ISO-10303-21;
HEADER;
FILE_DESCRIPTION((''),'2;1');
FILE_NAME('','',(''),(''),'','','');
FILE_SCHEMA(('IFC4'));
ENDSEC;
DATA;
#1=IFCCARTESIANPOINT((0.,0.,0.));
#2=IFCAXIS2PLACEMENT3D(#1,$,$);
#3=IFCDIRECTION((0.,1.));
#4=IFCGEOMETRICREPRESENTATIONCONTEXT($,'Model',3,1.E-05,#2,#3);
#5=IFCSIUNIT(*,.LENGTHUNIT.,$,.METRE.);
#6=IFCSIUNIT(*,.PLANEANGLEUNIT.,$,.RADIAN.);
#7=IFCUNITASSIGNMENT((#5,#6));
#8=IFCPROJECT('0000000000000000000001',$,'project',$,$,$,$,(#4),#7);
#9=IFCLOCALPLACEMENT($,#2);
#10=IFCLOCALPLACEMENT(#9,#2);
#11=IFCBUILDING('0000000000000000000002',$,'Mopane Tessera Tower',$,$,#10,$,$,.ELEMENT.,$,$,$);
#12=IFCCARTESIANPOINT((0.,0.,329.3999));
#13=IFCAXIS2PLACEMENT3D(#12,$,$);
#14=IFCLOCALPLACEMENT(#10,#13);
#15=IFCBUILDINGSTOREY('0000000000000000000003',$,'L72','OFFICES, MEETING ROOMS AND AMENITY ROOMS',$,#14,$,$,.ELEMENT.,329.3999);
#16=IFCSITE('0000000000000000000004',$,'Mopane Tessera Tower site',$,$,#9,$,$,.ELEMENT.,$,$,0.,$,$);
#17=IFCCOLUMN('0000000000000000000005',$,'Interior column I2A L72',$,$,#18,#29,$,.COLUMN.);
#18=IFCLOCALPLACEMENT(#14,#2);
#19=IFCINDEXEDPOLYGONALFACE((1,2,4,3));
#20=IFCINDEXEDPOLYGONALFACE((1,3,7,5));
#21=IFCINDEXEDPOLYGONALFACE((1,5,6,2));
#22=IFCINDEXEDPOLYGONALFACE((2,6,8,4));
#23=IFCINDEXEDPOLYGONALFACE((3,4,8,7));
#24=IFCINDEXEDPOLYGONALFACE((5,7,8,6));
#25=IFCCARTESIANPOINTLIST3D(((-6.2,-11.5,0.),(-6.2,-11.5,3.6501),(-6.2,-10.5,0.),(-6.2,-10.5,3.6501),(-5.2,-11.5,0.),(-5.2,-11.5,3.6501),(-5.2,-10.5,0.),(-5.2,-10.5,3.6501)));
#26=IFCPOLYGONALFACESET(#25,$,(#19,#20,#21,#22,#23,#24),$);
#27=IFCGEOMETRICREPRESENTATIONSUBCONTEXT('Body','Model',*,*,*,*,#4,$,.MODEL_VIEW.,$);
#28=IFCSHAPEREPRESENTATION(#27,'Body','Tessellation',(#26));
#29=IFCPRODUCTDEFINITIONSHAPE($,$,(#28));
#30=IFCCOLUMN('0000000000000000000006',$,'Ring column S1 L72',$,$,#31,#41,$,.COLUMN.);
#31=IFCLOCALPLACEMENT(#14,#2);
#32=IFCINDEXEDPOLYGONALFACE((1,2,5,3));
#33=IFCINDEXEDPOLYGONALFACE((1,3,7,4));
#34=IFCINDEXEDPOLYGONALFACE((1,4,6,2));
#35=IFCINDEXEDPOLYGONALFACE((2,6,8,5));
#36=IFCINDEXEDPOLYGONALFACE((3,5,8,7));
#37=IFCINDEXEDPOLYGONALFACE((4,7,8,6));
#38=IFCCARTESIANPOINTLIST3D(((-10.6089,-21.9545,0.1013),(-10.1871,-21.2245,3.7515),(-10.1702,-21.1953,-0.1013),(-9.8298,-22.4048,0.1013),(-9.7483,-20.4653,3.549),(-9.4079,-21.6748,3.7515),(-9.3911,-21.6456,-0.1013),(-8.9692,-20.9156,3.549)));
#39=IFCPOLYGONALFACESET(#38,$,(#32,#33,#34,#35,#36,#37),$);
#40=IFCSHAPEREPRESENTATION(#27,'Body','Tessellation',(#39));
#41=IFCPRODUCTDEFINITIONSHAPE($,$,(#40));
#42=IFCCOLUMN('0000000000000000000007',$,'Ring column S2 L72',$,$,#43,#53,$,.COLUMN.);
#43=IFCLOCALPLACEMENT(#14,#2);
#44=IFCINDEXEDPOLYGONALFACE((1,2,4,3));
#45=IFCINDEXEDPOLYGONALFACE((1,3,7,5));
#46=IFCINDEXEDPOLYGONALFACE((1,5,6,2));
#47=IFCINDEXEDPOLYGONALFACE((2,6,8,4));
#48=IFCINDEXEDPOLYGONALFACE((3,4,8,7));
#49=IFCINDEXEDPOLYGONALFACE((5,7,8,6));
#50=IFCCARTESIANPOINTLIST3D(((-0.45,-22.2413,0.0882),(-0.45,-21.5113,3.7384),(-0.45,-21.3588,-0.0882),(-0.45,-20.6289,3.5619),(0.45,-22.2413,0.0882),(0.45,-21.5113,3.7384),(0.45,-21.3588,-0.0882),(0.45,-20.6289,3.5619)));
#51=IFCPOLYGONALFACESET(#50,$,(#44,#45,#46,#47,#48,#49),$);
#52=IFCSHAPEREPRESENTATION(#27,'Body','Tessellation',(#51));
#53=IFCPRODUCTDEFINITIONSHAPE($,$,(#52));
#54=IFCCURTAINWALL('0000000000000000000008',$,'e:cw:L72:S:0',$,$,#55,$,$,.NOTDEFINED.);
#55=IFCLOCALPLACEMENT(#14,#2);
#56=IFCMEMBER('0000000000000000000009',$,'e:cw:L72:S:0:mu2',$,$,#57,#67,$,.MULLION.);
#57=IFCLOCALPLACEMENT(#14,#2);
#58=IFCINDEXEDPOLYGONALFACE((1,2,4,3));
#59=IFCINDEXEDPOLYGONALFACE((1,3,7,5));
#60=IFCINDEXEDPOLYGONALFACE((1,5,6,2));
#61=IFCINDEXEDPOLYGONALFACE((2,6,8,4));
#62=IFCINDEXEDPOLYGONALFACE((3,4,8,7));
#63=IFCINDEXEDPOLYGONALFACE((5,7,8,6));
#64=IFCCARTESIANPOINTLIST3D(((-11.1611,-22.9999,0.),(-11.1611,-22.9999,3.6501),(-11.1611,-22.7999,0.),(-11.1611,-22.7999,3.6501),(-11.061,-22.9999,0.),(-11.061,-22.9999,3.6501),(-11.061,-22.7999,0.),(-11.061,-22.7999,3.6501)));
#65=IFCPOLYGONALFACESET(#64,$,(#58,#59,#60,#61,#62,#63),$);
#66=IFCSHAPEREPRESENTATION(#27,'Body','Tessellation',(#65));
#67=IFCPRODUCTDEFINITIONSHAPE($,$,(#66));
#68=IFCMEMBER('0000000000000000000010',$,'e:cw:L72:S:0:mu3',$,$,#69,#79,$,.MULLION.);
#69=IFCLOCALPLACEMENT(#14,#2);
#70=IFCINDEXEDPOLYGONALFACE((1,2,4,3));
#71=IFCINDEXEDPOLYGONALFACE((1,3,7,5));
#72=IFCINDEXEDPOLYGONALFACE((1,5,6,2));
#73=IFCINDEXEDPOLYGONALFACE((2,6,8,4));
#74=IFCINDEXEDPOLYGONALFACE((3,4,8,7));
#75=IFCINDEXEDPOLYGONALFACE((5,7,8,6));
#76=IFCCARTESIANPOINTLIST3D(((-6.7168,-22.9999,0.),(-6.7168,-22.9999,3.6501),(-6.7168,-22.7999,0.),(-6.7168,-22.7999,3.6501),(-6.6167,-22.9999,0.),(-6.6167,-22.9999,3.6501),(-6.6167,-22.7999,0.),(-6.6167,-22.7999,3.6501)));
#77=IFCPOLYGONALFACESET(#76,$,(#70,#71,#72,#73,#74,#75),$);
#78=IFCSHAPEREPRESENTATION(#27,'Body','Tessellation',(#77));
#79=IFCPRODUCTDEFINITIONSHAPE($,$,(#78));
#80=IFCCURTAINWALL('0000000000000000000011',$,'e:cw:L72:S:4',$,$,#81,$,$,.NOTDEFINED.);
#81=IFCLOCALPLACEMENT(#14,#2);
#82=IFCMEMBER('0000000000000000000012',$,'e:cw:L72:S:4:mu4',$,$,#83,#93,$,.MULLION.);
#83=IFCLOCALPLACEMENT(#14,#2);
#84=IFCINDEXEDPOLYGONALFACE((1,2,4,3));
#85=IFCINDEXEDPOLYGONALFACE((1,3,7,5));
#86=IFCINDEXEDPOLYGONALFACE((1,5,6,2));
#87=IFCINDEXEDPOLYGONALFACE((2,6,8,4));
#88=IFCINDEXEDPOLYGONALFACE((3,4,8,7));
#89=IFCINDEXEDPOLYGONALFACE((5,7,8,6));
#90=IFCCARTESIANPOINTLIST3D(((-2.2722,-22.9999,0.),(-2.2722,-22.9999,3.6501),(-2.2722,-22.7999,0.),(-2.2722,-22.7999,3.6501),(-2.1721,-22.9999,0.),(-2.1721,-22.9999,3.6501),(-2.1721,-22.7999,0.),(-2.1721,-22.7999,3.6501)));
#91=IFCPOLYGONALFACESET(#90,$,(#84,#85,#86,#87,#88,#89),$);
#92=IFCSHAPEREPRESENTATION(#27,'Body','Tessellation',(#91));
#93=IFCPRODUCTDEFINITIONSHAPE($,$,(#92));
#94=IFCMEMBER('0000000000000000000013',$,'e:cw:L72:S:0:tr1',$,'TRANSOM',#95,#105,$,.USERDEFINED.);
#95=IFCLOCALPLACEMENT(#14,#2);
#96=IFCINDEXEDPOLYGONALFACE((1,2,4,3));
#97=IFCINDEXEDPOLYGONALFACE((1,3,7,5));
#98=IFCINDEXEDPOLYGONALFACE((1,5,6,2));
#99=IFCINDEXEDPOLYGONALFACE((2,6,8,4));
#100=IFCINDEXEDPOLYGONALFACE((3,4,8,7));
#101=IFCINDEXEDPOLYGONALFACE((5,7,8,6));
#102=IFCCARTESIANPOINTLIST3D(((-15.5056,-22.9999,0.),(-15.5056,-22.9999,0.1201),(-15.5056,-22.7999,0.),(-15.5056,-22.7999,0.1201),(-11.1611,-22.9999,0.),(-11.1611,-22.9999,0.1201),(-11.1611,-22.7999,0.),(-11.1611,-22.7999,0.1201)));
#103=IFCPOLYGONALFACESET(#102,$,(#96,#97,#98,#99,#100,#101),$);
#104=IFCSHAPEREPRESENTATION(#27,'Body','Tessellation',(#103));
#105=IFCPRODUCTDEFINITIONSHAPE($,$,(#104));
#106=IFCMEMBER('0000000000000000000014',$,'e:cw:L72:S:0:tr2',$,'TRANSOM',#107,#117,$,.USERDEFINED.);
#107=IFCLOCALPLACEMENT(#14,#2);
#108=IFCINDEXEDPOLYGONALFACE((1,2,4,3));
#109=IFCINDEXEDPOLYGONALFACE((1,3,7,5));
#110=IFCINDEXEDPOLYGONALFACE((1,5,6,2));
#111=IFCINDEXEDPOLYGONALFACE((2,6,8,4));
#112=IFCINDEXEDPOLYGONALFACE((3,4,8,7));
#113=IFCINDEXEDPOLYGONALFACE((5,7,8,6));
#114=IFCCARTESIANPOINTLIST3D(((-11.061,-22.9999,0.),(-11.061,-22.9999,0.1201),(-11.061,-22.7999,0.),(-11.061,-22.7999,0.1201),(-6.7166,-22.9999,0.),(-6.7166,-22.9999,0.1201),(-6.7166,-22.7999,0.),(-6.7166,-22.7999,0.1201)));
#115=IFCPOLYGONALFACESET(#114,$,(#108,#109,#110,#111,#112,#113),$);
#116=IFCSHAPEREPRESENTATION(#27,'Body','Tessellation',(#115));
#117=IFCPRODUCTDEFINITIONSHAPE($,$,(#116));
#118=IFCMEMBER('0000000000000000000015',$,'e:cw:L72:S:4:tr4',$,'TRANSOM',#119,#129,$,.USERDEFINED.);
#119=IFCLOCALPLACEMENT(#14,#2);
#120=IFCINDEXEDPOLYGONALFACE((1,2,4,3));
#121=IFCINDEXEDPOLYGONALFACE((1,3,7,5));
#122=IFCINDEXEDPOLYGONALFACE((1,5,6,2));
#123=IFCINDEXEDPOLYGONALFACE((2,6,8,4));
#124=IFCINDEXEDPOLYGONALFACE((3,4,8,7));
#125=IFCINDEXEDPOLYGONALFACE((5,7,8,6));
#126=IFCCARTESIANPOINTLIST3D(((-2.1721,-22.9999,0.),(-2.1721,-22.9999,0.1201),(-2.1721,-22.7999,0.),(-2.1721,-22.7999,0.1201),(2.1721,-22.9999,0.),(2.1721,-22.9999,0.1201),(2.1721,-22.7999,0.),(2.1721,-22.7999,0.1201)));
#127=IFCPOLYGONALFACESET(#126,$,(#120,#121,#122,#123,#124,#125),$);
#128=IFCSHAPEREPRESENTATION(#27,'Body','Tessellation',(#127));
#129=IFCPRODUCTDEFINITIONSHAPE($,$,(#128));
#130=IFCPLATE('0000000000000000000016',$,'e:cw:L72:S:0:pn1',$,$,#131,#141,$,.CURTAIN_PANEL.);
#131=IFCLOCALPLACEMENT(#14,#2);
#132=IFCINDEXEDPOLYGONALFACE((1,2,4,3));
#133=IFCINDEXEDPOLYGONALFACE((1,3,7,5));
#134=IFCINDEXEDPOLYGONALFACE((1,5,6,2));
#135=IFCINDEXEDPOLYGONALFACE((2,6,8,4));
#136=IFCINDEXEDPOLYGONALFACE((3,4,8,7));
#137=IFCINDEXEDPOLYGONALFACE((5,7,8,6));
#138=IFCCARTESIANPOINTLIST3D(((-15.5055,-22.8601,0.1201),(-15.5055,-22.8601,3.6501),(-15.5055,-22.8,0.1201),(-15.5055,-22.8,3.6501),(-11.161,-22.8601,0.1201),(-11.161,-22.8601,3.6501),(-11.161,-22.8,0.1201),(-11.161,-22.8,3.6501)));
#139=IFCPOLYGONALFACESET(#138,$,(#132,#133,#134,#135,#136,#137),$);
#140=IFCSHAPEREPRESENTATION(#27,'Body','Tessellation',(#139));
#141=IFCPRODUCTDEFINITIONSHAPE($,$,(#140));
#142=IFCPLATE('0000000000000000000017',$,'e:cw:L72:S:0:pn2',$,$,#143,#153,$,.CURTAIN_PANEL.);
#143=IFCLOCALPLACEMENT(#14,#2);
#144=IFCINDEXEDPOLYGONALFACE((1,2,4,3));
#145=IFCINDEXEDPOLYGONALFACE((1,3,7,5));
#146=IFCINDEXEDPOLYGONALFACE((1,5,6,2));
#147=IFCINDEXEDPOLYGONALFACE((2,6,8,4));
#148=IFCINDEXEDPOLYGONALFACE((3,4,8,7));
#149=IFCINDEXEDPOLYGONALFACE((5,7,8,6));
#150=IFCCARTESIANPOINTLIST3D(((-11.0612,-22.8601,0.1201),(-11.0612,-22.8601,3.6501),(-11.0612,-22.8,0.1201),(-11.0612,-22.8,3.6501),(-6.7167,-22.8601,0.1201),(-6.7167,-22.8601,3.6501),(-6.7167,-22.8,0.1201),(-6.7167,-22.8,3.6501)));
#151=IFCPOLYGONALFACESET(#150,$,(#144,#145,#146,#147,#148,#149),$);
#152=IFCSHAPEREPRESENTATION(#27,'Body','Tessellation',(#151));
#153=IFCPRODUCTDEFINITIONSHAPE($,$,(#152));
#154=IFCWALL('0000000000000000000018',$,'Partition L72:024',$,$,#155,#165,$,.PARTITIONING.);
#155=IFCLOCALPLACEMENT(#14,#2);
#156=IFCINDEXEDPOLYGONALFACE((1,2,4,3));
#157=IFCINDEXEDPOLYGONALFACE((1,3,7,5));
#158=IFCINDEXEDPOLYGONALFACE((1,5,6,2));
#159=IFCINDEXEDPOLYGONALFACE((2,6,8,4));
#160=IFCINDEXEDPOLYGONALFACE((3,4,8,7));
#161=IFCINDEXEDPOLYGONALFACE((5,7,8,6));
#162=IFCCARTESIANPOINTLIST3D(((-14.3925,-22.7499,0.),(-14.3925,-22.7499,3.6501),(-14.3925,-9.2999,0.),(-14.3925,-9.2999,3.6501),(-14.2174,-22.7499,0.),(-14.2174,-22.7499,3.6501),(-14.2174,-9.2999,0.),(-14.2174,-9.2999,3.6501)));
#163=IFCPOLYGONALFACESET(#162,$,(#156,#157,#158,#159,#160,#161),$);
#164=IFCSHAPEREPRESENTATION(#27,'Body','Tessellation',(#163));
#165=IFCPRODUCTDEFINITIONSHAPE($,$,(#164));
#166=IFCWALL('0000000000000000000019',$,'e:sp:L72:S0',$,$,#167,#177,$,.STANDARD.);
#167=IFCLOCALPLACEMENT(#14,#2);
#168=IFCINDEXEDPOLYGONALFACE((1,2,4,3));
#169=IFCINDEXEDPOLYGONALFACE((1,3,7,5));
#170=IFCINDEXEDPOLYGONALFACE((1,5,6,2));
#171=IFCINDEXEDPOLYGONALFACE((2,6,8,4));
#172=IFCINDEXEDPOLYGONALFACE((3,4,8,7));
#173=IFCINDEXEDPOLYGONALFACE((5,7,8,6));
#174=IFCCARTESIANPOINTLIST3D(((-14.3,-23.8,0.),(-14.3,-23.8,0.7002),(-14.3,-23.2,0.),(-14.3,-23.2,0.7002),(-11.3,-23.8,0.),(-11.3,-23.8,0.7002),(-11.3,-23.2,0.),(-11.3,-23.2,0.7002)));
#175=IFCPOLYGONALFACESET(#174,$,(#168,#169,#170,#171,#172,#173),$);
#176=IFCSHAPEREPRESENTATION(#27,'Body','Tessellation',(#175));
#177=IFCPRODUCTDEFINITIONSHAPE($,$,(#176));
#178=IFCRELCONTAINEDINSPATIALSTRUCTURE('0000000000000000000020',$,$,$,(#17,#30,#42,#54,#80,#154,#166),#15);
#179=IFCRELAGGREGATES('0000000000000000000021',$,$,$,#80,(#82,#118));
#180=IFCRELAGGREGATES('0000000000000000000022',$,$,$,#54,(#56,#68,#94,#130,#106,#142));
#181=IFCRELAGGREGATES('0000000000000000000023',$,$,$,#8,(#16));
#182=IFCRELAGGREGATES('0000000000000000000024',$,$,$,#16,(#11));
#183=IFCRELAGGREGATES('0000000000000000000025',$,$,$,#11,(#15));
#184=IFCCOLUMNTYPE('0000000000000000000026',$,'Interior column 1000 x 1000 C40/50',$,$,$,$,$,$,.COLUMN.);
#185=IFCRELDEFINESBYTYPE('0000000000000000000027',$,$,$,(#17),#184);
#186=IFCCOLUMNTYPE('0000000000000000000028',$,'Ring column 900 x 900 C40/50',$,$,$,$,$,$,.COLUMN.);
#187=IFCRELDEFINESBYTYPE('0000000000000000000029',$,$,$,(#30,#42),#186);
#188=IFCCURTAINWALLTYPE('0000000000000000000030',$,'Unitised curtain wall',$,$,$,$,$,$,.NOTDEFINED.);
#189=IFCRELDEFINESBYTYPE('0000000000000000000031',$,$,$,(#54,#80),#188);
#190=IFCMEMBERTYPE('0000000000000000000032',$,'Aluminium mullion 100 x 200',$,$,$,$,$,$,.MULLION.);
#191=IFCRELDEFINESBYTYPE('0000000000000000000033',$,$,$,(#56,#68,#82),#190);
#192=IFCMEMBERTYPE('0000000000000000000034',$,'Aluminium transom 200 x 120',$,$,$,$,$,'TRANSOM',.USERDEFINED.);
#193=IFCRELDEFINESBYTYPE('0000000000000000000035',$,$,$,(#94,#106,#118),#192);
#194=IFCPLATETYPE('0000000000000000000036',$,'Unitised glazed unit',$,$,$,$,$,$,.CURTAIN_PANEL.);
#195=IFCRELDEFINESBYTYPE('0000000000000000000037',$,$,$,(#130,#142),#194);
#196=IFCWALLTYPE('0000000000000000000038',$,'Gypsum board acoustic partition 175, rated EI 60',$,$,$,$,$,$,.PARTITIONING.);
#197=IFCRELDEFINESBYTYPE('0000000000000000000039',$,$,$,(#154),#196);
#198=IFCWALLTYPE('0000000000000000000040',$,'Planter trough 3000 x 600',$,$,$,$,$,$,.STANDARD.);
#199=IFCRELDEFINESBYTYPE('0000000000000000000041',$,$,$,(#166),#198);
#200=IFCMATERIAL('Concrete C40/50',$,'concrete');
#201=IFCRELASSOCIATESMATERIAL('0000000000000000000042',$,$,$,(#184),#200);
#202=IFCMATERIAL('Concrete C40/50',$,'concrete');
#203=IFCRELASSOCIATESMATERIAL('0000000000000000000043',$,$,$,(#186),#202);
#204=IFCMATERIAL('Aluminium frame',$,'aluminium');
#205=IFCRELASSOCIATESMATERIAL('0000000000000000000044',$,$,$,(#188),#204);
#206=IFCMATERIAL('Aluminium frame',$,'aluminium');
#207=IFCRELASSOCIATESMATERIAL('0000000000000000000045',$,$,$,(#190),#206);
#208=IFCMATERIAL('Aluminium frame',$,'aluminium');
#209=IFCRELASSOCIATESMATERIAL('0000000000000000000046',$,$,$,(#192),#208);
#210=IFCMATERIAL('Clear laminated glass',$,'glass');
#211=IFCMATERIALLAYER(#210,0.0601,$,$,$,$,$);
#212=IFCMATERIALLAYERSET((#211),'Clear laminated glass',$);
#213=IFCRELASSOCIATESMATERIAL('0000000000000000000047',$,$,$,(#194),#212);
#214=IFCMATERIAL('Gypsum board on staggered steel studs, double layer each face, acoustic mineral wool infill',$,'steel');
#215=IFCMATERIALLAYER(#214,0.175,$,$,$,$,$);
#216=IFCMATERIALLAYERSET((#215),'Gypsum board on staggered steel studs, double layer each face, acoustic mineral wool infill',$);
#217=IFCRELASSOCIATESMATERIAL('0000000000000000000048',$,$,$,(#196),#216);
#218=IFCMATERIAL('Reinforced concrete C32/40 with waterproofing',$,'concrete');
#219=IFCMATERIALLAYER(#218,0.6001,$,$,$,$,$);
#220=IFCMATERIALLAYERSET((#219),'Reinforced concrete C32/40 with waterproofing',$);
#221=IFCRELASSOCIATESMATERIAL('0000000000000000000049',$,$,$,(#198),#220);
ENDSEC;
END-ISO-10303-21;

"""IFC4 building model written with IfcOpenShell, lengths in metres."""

from ifc_helpers import new_model, si_unit, direction, frame, frame_2d, origin, origin_2d, place, context, subcontext, project, spatial, rectangle, extrude, material, layer, layer_set, material_profile, profile_set, type_object, element, aggregate, save


model = new_model("IFC4")

# Units and contexts
model_context = context("Model", 3, precision=1e-05, world=origin(), true_north=direction((0.0, 1.0)))
body_context = subcontext(model_context, "Body", "Model", "MODEL_VIEW")
ifc_project = project(units=[si_unit("LENGTHUNIT", "METRE"), si_unit("PLANEANGLEUNIT", "RADIAN")], contexts=[model_context])

# Site, building, storey
site_placement = place(None, origin())
site = spatial("IfcSite", under=ifc_project, at=site_placement, Name="Mopane Tessera Tower site", CompositionType="ELEMENT", RefElevation=0.0)
building_placement = place(site_placement, origin())
building = spatial("IfcBuilding", under=site, at=building_placement, Name="Mopane Tessera Tower", CompositionType="ELEMENT")
storey_placement = place(building_placement, frame((0.0, 0.0, 329.3999)))
storey = spatial("IfcBuildingStorey", under=building, at=storey_placement, Name="L72", Description="OFFICES, MEETING ROOMS AND AMENITY ROOMS", CompositionType="ELEMENT", Elevation=329.3999)

# Columns
ifc_material_1 = material(Name="Concrete C40/50", Category="concrete")
ifc_material_profile_1 = material_profile(ifc_material_1, rectangle(XDim=1.0, YDim=1.0, at=origin_2d()))
ifc_profile_set_1 = profile_set([ifc_material_profile_1], Name="Concrete C40/50")
column_type_1 = type_object("IfcColumnType", Name="Interior column 1000 x 1000 C40/50", PredefinedType="COLUMN", material=ifc_profile_set_1)
column_1_placement = place(storey_placement, frame((-5.7, -11.0, 0.0), z_axis=(0.0, 0.0, 1.0), x_axis=(1.0, 0.0, 0.0)))
element("IfcColumn", 1, at=column_1_placement, inside=storey, type_object=column_type_1, Name="Interior column I2A L72", PredefinedType="COLUMN", context=body_context, shape_type="SweptSolid", body=[
    extrude(rectangle(XDim=1.0, YDim=1.0, at=origin_2d()), origin(), (0.0, 0.0, 1.0), 3.6501),
])
ifc_material_2 = material(Name="Concrete C40/50", Category="concrete")
ifc_material_profile_2 = material_profile(ifc_material_2, rectangle(XDim=0.8999, YDim=0.8999, at=origin_2d()))
ifc_profile_set_2 = profile_set([ifc_material_profile_2], Name="Concrete C40/50")
column_type_2 = type_object("IfcColumnType", Name="Ring column 900 x 900 C40/50", PredefinedType="COLUMN", material=ifc_profile_set_2)
column_2_placement = place(storey_placement, frame((-10.0, -21.8, 0.0), z_axis=(0.112612, 0.194856, 0.974346), x_axis=(-0.865809, 0.500374, 0.0)))
element("IfcColumn", 2, at=column_2_placement, inside=storey, type_object=column_type_2, Name="Ring column S1 L72", PredefinedType="COLUMN", context=body_context, shape_type="SweptSolid", body=[
    extrude(rectangle(XDim=0.8999, YDim=0.8999, at=origin_2d()), origin(), (0.0, 0.0, 1.0), 3.7463),
])
column_3_placement = place(storey_placement, frame((0.0, -21.8, 0.0), z_axis=(0.0, 0.196104, 0.980583), x_axis=(-1.0, 0.0, 0.0)))
element("IfcColumn", 3, at=column_3_placement, inside=storey, type_object=column_type_2, Name="Ring column S2 L72", PredefinedType="COLUMN", context=body_context, shape_type="SweptSolid", body=[
    extrude(rectangle(XDim=0.8999, YDim=0.8999, at=origin_2d()), origin(), (0.0, 0.0, 1.0), 3.7224),
])

# Curtain wall, members
ifc_material_3 = material(Name="Aluminium frame", Category="aluminium")
curtain_wall_type = type_object("IfcCurtainWallType", Name="Unitised curtain wall", PredefinedType="NOTDEFINED", material=ifc_material_3)
curtain_wall_1_placement = place(storey_placement, origin())
curtain_wall_1 = element("IfcCurtainWall", 4, at=curtain_wall_1_placement, inside=storey, type_object=curtain_wall_type, Name="e:cw:L72:S:0", PredefinedType="NOTDEFINED")
ifc_material_4 = material(Name="Aluminium frame", Category="aluminium")
ifc_material_profile_3 = material_profile(ifc_material_4, rectangle(XDim=0.1001, YDim=0.2, at=origin_2d()))
ifc_profile_set_3 = profile_set([ifc_material_profile_3], Name="Aluminium frame")
member_type_1 = type_object("IfcMemberType", Name="Aluminium mullion 100 x 200", PredefinedType="MULLION", material=ifc_profile_set_3)
member_1_placement = place(storey_placement, frame((-11.1111, -22.8999, 0.0), z_axis=(0.0, 0.0, 1.0), x_axis=(1.0, 0.0, 0.0)))
member_1 = element("IfcMember", 5, at=member_1_placement, type_object=member_type_1, Name="e:cw:L72:S:0:mu2", PredefinedType="MULLION", context=body_context, shape_type="SweptSolid", body=[
    extrude(rectangle(XDim=0.1001, YDim=0.2, at=origin_2d()), origin(), (0.0, 0.0, 1.0), 3.6501),
])
member_2_placement = place(storey_placement, frame((-6.6667, -22.8999, 0.0), z_axis=(0.0, 0.0, 1.0), x_axis=(1.0, 0.0, 0.0)))
member_2 = element("IfcMember", 6, at=member_2_placement, type_object=member_type_1, Name="e:cw:L72:S:0:mu3", PredefinedType="MULLION", context=body_context, shape_type="SweptSolid", body=[
    extrude(rectangle(XDim=0.1001, YDim=0.2, at=origin_2d()), origin(), (0.0, 0.0, 1.0), 3.6501),
])

# Curtain wall, member
curtain_wall_2_placement = place(storey_placement, origin())
curtain_wall_2 = element("IfcCurtainWall", 7, at=curtain_wall_2_placement, inside=storey, type_object=curtain_wall_type, Name="e:cw:L72:S:4", PredefinedType="NOTDEFINED")
member_3_placement = place(storey_placement, frame((-2.2222, -22.8999, 0.0), z_axis=(0.0, 0.0, 1.0), x_axis=(1.0, 0.0, 0.0)))
member_3 = element("IfcMember", 8, at=member_3_placement, type_object=member_type_1, Name="e:cw:L72:S:4:mu4", PredefinedType="MULLION", context=body_context, shape_type="SweptSolid", body=[
    extrude(rectangle(XDim=0.1001, YDim=0.2, at=origin_2d()), origin(), (0.0, 0.0, 1.0), 3.6501),
])

# Members
ifc_material_5 = material(Name="Aluminium frame", Category="aluminium")
ifc_material_profile_4 = material_profile(ifc_material_5, rectangle(XDim=0.2, YDim=0.1201, at=origin_2d()))
ifc_profile_set_4 = profile_set([ifc_material_profile_4], Name="Aluminium frame")
member_type_2 = type_object("IfcMemberType", Name="Aluminium transom 200 x 120", ElementType="TRANSOM", PredefinedType="USERDEFINED", material=ifc_profile_set_4)
member_4_placement = place(storey_placement, frame((-15.5056, -22.8999, 0.0601), z_axis=(1.0, 0.0, 0.0), x_axis=(0.0, 1.0, 0.0)))
member_4 = element("IfcMember", 9, at=member_4_placement, type_object=member_type_2, Name="e:cw:L72:S:0:tr1", ObjectType="TRANSOM", PredefinedType="USERDEFINED", context=body_context, shape_type="SweptSolid", body=[
    extrude(rectangle(XDim=0.2, YDim=0.1201, at=origin_2d()), origin(), (0.0, 0.0, 1.0), 4.3445),
])
member_5_placement = place(storey_placement, frame((-11.061, -22.8999, 0.0601), z_axis=(1.0, 0.0, 0.0), x_axis=(0.0, 1.0, 0.0)))
member_5 = element("IfcMember", 10, at=member_5_placement, type_object=member_type_2, Name="e:cw:L72:S:0:tr2", ObjectType="TRANSOM", PredefinedType="USERDEFINED", context=body_context, shape_type="SweptSolid", body=[
    extrude(rectangle(XDim=0.2, YDim=0.1201, at=origin_2d()), origin(), (0.0, 0.0, 1.0), 4.3445),
])
member_6_placement = place(storey_placement, frame((-2.1721, -22.8999, 0.0601), z_axis=(1.0, 0.0, 0.0), x_axis=(0.0, 1.0, 0.0)))
member_6 = element("IfcMember", 11, at=member_6_placement, type_object=member_type_2, Name="e:cw:L72:S:4:tr4", ObjectType="TRANSOM", PredefinedType="USERDEFINED", context=body_context, shape_type="SweptSolid", body=[
    extrude(rectangle(XDim=0.2, YDim=0.1201, at=origin_2d()), origin(), (0.0, 0.0, 1.0), 4.3442),
])
aggregate(curtain_wall_2, [member_3, member_6])

# Plates
ifc_material_6 = material(Name="Clear laminated glass", Category="glass")
ifc_layer_1 = layer(ifc_material_6, 0.0601)
ifc_layer_set_1 = layer_set([ifc_layer_1], Name="Clear laminated glass")
plate_type = type_object("IfcPlateType", Name="Unitised glazed unit", PredefinedType="CURTAIN_PANEL", material=ifc_layer_set_1)
plate_1_placement = place(storey_placement, frame((-13.3333, -22.8301, 0.1201), z_axis=(0.0, 0.0, 1.0), x_axis=(1.0, 0.0, 0.0)))
plate_1 = element("IfcPlate", 12, at=plate_1_placement, type_object=plate_type, Name="e:cw:L72:S:0:pn1", PredefinedType="CURTAIN_PANEL", context=body_context, shape_type="SweptSolid", body=[
    extrude(rectangle(XDim=4.3445, YDim=0.0601, at=origin_2d()), origin(), (0.0, 0.0, 1.0), 3.53),
])
plate_2_placement = place(storey_placement, frame((-8.8889, -22.8301, 0.1201), z_axis=(0.0, 0.0, 1.0), x_axis=(1.0, 0.0, 0.0)))
plate_2 = element("IfcPlate", 13, at=plate_2_placement, type_object=plate_type, Name="e:cw:L72:S:0:pn2", PredefinedType="CURTAIN_PANEL", context=body_context, shape_type="SweptSolid", body=[
    extrude(rectangle(XDim=4.3445, YDim=0.0601, at=origin_2d()), origin(), (0.0, 0.0, 1.0), 3.53),
])
aggregate(curtain_wall_1, [member_1, member_2, member_4, plate_1, member_5, plate_2])

# Walls
ifc_material_7 = material(Name="Gypsum board on staggered steel studs, double layer each face, acoustic mineral wool infill", Category="steel")
ifc_layer_2 = layer(ifc_material_7, 0.175)
ifc_layer_set_2 = layer_set([ifc_layer_2], Name="Gypsum board on staggered steel studs, double layer each face, acoustic mineral wool infill")
wall_type_1 = type_object("IfcWallType", Name="Gypsum board acoustic partition 175, rated EI 60", PredefinedType="PARTITIONING", material=ifc_layer_set_2)
wall_1_placement = place(storey_placement, frame((-14.3049, -22.75, 0.0), z_axis=(0.0, 0.0, 1.0), x_axis=(0.0, 1.0, 0.0)))
element("IfcWall", 14, at=wall_1_placement, inside=storey, type_object=wall_type_1, Name="Partition L72:024", PredefinedType="PARTITIONING", context=body_context, shape_type="SweptSolid", body=[
    extrude(rectangle(XDim=13.45, YDim=0.175, at=frame_2d((6.7251, 0.0))), origin(), (0.0, 0.0, 1.0), 3.6501),
])
ifc_material_8 = material(Name="Reinforced concrete C32/40 with waterproofing", Category="concrete")
ifc_layer_3 = layer(ifc_material_8, 0.6001)
ifc_layer_set_3 = layer_set([ifc_layer_3], Name="Reinforced concrete C32/40 with waterproofing")
wall_type_2 = type_object("IfcWallType", Name="Planter trough 3000 x 600", PredefinedType="STANDARD", material=ifc_layer_set_3)
wall_2_placement = place(storey_placement, frame((-14.3, -23.5, 0.0), z_axis=(0.0, 0.0, 1.0), x_axis=(1.0, 0.0, 0.0)))
element("IfcWall", 15, at=wall_2_placement, inside=storey, type_object=wall_type_2, Name="e:sp:L72:S0", PredefinedType="STANDARD", context=body_context, shape_type="SweptSolid", body=[
    extrude(rectangle(XDim=3.0, YDim=0.6001, at=frame_2d((1.5, 0.0))), origin(), (0.0, 0.0, 1.0), 0.7002),
])

save(model, "model.ifc")
